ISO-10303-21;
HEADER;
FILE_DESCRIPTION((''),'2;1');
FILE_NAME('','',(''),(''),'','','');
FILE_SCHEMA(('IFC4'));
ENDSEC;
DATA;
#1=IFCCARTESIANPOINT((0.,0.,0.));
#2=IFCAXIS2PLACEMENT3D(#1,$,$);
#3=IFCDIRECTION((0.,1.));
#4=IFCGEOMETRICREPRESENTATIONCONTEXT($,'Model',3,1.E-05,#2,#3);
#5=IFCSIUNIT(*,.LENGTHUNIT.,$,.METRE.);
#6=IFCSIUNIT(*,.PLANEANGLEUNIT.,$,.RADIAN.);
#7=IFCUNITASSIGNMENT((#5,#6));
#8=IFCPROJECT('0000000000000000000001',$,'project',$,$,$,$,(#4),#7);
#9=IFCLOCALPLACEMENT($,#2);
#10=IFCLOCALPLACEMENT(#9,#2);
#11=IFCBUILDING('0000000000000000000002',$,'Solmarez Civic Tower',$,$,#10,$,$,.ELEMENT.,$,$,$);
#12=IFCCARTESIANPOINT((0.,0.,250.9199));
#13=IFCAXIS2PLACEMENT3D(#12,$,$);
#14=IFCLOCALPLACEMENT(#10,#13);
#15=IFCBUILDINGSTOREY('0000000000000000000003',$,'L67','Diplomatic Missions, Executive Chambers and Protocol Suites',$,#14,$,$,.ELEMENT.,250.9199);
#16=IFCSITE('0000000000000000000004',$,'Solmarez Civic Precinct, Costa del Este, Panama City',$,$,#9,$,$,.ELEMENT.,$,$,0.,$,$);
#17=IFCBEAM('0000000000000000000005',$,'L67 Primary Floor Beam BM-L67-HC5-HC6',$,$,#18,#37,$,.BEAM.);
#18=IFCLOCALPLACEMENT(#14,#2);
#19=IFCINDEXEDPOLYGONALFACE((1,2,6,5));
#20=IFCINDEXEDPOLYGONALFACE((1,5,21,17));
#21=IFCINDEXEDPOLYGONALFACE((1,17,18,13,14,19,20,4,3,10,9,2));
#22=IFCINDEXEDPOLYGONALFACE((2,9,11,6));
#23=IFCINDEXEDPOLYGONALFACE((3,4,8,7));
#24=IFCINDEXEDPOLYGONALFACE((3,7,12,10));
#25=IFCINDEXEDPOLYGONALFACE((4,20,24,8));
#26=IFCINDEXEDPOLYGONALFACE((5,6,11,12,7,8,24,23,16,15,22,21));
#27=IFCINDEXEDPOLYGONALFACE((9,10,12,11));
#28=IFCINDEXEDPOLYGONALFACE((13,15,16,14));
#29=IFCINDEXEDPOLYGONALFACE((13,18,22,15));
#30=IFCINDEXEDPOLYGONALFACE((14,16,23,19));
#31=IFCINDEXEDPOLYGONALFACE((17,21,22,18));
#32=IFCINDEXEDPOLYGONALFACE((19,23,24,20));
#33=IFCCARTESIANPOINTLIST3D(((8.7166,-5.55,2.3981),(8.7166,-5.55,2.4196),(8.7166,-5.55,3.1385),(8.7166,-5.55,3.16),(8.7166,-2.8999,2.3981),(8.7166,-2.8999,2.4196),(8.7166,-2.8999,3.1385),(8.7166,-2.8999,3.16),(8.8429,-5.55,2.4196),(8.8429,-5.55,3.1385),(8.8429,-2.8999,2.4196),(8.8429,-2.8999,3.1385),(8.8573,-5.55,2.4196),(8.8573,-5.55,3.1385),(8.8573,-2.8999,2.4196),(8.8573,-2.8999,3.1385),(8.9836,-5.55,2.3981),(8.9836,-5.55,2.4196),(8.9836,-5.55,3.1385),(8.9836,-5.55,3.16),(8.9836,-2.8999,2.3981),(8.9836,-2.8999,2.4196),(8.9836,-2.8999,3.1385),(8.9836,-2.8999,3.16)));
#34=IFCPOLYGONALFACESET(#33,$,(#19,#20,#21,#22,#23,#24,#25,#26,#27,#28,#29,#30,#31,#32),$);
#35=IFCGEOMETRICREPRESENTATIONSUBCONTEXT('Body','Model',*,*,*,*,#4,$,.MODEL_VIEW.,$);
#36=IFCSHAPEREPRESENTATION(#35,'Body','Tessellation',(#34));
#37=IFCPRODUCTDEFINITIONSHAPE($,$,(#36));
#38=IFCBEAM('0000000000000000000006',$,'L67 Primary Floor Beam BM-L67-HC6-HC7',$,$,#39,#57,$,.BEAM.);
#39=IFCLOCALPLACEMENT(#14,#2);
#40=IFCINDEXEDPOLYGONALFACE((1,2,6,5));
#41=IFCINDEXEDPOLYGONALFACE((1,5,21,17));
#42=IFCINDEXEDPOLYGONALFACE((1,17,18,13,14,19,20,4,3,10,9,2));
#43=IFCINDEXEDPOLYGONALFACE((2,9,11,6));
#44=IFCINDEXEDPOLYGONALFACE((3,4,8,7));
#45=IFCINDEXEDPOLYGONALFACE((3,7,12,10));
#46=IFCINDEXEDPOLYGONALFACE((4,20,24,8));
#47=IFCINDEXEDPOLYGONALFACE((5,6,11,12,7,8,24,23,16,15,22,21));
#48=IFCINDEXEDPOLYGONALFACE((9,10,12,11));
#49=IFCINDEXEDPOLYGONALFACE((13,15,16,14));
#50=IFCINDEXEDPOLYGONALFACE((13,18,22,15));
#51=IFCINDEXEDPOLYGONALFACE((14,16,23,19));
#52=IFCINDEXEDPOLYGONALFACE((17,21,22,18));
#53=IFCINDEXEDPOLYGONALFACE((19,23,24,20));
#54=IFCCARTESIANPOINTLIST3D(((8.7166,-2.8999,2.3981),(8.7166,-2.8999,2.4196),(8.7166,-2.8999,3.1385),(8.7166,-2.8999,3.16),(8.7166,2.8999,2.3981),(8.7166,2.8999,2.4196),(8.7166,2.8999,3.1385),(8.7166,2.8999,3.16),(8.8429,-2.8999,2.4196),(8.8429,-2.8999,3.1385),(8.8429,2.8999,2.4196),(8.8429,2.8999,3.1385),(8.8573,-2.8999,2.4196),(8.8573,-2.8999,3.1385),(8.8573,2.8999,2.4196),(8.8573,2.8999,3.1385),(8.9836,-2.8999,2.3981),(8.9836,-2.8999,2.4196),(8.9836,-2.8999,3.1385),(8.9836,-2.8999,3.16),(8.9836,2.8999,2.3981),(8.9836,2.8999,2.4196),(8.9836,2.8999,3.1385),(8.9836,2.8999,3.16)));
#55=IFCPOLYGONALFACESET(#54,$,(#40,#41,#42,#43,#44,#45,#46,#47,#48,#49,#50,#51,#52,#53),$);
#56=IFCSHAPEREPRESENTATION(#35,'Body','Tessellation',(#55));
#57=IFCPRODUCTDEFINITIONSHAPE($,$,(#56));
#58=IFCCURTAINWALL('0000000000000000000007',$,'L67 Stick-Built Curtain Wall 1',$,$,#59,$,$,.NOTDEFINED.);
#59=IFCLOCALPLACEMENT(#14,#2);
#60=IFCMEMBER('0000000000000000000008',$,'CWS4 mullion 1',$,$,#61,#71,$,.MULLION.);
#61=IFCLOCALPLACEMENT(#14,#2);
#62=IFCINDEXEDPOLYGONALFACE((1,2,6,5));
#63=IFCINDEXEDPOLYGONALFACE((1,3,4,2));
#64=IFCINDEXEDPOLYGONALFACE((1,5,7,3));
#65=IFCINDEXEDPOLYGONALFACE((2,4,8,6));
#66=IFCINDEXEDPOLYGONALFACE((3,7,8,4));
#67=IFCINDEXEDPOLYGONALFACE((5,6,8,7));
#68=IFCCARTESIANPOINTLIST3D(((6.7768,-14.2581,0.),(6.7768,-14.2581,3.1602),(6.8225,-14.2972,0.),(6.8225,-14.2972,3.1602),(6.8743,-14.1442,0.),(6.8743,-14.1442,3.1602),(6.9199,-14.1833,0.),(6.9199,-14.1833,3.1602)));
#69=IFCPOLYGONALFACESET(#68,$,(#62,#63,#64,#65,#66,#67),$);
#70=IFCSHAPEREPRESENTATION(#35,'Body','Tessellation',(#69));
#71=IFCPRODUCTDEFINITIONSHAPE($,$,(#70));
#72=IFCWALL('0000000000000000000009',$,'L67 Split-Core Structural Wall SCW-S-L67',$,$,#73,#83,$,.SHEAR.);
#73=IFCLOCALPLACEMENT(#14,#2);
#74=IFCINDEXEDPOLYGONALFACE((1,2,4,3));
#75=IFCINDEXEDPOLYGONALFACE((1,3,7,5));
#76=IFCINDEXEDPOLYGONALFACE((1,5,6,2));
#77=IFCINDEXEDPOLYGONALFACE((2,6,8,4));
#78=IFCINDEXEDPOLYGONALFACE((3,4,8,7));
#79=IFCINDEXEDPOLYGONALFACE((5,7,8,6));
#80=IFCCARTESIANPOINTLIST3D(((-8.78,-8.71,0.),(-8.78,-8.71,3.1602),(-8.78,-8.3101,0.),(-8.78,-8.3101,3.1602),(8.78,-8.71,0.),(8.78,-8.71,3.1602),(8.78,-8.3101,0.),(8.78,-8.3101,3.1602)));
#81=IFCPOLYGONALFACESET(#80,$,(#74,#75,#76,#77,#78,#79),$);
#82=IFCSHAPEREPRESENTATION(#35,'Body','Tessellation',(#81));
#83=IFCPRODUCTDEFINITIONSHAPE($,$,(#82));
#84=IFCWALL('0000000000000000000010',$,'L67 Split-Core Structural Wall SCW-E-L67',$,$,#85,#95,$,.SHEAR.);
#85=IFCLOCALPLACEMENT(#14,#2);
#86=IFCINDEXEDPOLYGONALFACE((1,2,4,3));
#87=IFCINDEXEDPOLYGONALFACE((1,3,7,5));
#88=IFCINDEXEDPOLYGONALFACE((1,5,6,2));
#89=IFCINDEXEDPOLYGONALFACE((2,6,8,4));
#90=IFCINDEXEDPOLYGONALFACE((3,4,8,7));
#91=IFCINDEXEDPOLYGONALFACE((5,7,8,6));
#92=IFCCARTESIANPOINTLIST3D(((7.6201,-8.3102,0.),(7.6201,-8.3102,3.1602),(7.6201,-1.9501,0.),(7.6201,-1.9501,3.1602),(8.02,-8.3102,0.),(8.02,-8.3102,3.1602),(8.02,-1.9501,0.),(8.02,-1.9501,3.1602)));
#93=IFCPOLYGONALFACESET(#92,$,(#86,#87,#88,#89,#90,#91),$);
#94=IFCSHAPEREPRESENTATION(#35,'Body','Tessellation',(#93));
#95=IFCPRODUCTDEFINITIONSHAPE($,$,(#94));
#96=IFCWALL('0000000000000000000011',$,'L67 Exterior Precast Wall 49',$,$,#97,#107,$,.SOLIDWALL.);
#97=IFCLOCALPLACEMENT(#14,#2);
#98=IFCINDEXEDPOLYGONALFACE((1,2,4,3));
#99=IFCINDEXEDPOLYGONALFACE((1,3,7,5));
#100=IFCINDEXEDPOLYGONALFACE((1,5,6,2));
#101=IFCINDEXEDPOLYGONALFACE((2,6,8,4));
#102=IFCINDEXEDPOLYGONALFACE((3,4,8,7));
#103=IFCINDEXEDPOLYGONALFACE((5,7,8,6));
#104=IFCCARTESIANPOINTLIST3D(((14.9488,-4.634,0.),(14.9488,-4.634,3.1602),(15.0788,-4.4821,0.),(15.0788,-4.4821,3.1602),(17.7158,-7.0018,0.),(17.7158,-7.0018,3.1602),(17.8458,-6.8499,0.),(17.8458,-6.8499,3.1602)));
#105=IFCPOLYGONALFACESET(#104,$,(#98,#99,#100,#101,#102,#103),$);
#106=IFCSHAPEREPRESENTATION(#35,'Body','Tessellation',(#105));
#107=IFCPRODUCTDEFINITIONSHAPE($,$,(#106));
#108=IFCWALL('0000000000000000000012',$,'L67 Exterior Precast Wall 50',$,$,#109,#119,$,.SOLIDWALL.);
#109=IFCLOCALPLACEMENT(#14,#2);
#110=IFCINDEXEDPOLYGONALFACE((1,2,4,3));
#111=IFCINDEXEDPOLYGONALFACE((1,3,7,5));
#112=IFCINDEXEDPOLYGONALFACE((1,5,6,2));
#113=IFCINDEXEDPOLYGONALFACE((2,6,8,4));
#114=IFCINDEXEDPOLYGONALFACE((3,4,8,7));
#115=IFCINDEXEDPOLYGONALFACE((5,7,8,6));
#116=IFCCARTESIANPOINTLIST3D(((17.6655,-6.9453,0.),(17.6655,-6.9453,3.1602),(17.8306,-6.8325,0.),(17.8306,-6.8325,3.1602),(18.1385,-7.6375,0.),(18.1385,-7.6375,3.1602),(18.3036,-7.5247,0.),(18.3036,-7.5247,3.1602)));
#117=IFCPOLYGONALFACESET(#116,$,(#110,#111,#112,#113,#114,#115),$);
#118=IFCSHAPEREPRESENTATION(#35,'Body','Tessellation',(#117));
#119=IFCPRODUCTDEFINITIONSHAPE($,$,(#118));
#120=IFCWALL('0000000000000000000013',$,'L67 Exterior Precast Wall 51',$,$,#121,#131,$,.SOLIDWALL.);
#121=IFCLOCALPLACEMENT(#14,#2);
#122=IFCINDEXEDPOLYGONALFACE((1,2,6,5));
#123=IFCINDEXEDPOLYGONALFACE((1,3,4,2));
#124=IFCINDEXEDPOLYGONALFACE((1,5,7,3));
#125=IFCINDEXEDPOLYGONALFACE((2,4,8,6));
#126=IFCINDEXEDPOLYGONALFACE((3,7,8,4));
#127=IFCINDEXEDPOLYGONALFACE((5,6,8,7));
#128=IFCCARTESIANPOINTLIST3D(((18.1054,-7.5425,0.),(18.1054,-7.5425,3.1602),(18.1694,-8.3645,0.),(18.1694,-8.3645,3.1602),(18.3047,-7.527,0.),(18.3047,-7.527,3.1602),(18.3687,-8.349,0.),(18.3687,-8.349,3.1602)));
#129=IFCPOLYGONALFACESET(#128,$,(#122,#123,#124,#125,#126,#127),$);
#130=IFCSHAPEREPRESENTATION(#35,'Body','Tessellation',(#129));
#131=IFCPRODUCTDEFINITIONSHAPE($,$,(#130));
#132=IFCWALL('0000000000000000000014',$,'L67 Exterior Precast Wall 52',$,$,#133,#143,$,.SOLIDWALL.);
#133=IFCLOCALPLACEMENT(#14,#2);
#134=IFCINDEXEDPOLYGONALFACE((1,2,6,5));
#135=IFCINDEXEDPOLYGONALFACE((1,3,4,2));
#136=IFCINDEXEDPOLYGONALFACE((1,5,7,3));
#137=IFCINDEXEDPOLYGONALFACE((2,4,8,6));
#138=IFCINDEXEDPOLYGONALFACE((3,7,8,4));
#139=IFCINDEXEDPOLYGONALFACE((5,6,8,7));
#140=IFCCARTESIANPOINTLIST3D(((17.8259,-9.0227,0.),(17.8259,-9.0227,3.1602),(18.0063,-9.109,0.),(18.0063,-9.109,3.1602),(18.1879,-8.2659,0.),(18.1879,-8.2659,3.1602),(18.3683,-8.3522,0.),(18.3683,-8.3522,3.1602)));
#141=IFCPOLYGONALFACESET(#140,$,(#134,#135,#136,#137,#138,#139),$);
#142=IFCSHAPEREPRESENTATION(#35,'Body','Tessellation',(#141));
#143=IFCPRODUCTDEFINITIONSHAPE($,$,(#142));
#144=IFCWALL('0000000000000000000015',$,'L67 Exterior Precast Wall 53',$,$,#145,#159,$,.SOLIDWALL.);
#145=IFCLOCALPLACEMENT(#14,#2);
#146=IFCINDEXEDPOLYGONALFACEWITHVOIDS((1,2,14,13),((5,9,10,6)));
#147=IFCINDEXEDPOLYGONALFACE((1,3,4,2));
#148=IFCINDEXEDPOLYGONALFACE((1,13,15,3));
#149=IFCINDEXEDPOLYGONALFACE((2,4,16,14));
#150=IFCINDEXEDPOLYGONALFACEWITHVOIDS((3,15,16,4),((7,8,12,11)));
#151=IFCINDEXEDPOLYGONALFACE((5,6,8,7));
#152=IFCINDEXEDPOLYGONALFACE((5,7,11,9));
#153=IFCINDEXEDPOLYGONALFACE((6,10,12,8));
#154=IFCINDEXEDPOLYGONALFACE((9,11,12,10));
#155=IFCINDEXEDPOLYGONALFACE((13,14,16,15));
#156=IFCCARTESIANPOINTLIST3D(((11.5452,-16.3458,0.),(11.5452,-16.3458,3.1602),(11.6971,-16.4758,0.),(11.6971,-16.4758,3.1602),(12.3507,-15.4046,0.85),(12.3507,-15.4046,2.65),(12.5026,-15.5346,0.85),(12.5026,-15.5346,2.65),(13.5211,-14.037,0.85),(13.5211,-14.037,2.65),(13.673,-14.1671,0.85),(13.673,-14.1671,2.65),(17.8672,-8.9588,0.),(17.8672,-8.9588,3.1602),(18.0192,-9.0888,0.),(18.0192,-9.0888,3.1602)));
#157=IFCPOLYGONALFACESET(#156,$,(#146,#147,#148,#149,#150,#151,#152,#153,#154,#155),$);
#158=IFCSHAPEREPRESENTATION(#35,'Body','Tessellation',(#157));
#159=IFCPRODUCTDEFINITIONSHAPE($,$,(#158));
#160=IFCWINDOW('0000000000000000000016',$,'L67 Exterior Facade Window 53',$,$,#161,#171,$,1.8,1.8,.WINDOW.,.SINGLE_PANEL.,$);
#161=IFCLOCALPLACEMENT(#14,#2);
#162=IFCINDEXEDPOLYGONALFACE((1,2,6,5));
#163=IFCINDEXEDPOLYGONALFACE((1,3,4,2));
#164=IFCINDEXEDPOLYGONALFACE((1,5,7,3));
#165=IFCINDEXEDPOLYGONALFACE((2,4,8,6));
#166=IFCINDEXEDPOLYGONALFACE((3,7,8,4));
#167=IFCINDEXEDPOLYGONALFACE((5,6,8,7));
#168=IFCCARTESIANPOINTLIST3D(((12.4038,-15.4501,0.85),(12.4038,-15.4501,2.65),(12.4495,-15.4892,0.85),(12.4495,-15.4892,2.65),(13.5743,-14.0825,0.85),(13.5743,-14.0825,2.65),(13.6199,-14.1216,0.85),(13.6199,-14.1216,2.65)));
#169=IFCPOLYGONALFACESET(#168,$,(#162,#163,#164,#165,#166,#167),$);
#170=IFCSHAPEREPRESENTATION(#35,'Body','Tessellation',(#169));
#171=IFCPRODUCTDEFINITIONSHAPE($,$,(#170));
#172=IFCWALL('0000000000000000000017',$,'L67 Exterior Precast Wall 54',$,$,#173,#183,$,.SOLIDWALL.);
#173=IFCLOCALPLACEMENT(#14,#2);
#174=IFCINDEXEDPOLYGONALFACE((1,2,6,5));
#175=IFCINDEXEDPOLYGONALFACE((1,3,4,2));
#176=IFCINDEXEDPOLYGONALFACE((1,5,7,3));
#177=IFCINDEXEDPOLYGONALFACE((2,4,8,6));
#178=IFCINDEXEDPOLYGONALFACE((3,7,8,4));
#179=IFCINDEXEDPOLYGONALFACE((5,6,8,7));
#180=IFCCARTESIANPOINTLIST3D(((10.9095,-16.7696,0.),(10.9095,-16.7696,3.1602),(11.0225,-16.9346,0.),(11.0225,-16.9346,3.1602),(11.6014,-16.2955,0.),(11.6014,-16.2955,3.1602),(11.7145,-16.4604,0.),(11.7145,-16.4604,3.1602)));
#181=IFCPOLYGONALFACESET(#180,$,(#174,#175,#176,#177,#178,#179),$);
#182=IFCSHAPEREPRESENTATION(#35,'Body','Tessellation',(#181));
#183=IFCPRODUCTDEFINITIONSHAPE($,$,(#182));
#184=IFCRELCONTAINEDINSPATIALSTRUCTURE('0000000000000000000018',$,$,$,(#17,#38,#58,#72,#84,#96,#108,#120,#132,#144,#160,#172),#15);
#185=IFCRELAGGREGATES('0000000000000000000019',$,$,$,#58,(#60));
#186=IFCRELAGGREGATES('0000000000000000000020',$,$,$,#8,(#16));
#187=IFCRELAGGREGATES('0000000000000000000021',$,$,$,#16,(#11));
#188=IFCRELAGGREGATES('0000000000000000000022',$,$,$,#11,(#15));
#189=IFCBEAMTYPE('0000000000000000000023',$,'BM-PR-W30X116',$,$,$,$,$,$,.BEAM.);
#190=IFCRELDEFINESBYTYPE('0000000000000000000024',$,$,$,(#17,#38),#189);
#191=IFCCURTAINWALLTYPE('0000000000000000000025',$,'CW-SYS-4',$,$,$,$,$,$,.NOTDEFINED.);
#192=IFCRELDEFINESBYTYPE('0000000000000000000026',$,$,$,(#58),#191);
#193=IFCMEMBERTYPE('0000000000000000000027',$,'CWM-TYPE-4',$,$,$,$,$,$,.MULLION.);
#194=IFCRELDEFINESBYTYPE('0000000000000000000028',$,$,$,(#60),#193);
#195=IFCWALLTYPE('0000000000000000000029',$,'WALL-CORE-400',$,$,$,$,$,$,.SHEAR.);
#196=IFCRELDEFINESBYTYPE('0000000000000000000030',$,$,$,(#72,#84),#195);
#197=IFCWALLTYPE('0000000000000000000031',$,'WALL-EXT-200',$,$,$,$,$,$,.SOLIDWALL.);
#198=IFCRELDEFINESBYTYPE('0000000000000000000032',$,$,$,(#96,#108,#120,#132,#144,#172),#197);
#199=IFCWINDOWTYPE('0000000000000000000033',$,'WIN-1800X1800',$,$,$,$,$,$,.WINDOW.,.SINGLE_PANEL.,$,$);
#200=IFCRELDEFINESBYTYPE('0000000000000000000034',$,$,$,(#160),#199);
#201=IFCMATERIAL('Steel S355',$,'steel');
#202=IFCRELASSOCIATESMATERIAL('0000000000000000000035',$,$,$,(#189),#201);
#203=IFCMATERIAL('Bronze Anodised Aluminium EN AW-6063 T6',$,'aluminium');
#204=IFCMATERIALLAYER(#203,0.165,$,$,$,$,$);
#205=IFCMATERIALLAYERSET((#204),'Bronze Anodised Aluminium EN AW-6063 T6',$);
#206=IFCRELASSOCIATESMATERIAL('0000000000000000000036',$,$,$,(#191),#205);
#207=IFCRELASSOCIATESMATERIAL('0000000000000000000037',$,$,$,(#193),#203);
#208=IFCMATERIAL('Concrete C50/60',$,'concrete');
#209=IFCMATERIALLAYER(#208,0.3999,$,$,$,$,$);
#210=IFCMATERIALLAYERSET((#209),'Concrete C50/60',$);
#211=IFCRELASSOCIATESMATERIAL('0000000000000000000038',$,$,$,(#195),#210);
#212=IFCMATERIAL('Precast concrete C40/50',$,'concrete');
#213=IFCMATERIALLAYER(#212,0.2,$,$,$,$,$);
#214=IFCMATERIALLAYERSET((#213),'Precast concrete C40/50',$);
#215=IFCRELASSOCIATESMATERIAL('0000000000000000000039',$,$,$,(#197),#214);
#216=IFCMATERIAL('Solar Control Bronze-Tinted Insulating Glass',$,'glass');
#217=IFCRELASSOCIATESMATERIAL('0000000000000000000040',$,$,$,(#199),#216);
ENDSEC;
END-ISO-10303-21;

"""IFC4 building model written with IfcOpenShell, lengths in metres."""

from ifc_helpers import new_model, si_unit, direction, frame, frame_2d, origin, origin_2d, place, context, subcontext, project, spatial, rectangle, i_section, extrude, material, layer, layer_set, material_profile, profile_set, type_object, element, fill, aggregate, save


model = new_model("IFC4")

# Units and contexts
model_context = context("Model", 3, precision=1e-05, world=origin(), true_north=direction((0.0, 1.0)))
body_context = subcontext(model_context, "Body", "Model", "MODEL_VIEW")
ifc_project = project(units=[si_unit("LENGTHUNIT", "METRE"), si_unit("PLANEANGLEUNIT", "RADIAN")], contexts=[model_context])

# Site, building, storey
site_placement = place(None, origin())
site = spatial("IfcSite", under=ifc_project, at=site_placement, Name="Solmarez Civic Precinct, Costa del Este, Panama City", CompositionType="ELEMENT", RefElevation=0.0)
building_placement = place(site_placement, origin())
building = spatial("IfcBuilding", under=site, at=building_placement, Name="Solmarez Civic Tower", CompositionType="ELEMENT")
storey_placement = place(building_placement, frame((0.0, 0.0, 250.9199)))
storey = spatial("IfcBuildingStorey", under=building, at=storey_placement, Name="L67", Description="Diplomatic Missions, Executive Chambers and Protocol Suites", CompositionType="ELEMENT", Elevation=250.9199)

# Shared definitions
ifc_material_1 = material(Name="Concrete C50/60", Category="concrete")

# Beams
ifc_material_2 = material(Name="Steel S355", Category="steel")
ifc_material_profile_1 = material_profile(ifc_material_2, i_section(OverallWidth=0.2671, OverallDepth=0.762, WebThickness=0.0144, FlangeThickness=0.0215, at=origin_2d()), Name="W30X116")
ifc_profile_set_1 = profile_set([ifc_material_profile_1], Name="Steel S355")
beam_type_1 = type_object("IfcBeamType", Name="BM-PR-W30X116", PredefinedType="BEAM", material=ifc_profile_set_1)
beam_1_placement = place(storey_placement, frame((8.8501, -5.55, 2.7791), z_axis=(0.0, 1.0, 0.0), x_axis=(-1.0, 0.0, 0.0)))
element("IfcBeam", 1, at=beam_1_placement, inside=storey, type_object=beam_type_1, Name="L67 Primary Floor Beam BM-L67-HC5-HC6", PredefinedType="BEAM", context=body_context, shape_type="SweptSolid", body=[
    extrude(i_section(OverallWidth=0.2671, OverallDepth=0.762, WebThickness=0.0144, FlangeThickness=0.0215, at=origin_2d()), origin(), (0.0, 0.0, 1.0), 2.6501),
])
beam_2_placement = place(storey_placement, frame((8.8501, -2.8999, 2.7791), z_axis=(0.0, 1.0, 0.0), x_axis=(-1.0, 0.0, 0.0)))
element("IfcBeam", 2, at=beam_2_placement, inside=storey, type_object=beam_type_1, Name="L67 Primary Floor Beam BM-L67-HC6-HC7", PredefinedType="BEAM", context=body_context, shape_type="SweptSolid", body=[
    extrude(i_section(OverallWidth=0.2671, OverallDepth=0.762, WebThickness=0.0144, FlangeThickness=0.0215, at=origin_2d()), origin(), (0.0, 0.0, 1.0), 5.7998),
])

# Curtain wall, member
ifc_material_3 = material(Name="Bronze Anodised Aluminium EN AW-6063 T6", Category="aluminium")
ifc_layer_1 = layer(ifc_material_3, 0.165)
ifc_layer_set_1 = layer_set([ifc_layer_1], Name="Bronze Anodised Aluminium EN AW-6063 T6")
curtain_wall_type = type_object("IfcCurtainWallType", Name="CW-SYS-4", PredefinedType="NOTDEFINED", material=ifc_layer_set_1)
curtain_wall_placement = place(storey_placement, origin())
curtain_wall = element("IfcCurtainWall", 3, at=curtain_wall_placement, inside=storey, type_object=curtain_wall_type, Name="L67 Stick-Built Curtain Wall 1", PredefinedType="NOTDEFINED")
ifc_material_profile_2 = material_profile(ifc_material_3, rectangle(XDim=0.0601, YDim=0.1499, at=origin_2d()), Name="CWM-60X150")
ifc_profile_set_2 = profile_set([ifc_material_profile_2], Name="Bronze Anodised Aluminium EN AW-6063 T6")
member_type = type_object("IfcMemberType", Name="CWM-TYPE-4", PredefinedType="MULLION", material=ifc_profile_set_2)
member_placement = place(storey_placement, frame((6.8484, -14.2207, 0.0), z_axis=(0.0, 0.0, 1.0), x_axis=(0.759724, -0.650246, 0.0)))
member = element("IfcMember", 4, at=member_placement, type_object=member_type, Name="CWS4 mullion 1", PredefinedType="MULLION", context=body_context, shape_type="SweptSolid", body=[
    extrude(rectangle(XDim=0.0601, YDim=0.1499, at=origin_2d()), origin(), (0.0, 0.0, 1.0), 3.1602),
])
aggregate(curtain_wall, [member])

# Walls
ifc_layer_2 = layer(ifc_material_1, 0.3999)
ifc_layer_set_2 = layer_set([ifc_layer_2], Name="Concrete C50/60")
wall_type_1 = type_object("IfcWallType", Name="WALL-CORE-400", PredefinedType="SHEAR", material=ifc_layer_set_2)
wall_1_placement = place(storey_placement, frame((8.78, -8.51, 0.0), z_axis=(0.0, 0.0, 1.0), x_axis=(-1.0, 0.0, 0.0)))
element("IfcWall", 5, at=wall_1_placement, inside=storey, type_object=wall_type_1, Name="L67 Split-Core Structural Wall SCW-S-L67", PredefinedType="SHEAR", context=body_context, shape_type="SweptSolid", body=[
    extrude(rectangle(XDim=17.5601, YDim=0.3999, at=frame_2d((8.78, 0.0))), origin(), (0.0, 0.0, 1.0), 3.1602),
])
wall_2_placement = place(storey_placement, frame((7.8201, -1.95, 0.0), z_axis=(0.0, 0.0, 1.0), x_axis=(0.0, -1.0, 0.0)))
element("IfcWall", 6, at=wall_2_placement, inside=storey, type_object=wall_type_1, Name="L67 Split-Core Structural Wall SCW-E-L67", PredefinedType="SHEAR", context=body_context, shape_type="SweptSolid", body=[
    extrude(rectangle(XDim=6.3601, YDim=0.3999, at=frame_2d((3.1802, 0.0))), origin(), (0.0, 0.0, 1.0), 3.1602),
])
ifc_material_4 = material(Name="Precast concrete C40/50", Category="concrete")
ifc_layer_3 = layer(ifc_material_4, 0.2)
ifc_layer_set_3 = layer_set([ifc_layer_3], Name="Precast concrete C40/50")
wall_type_2 = type_object("IfcWallType", Name="WALL-EXT-200", PredefinedType="SOLIDWALL", material=ifc_layer_set_3)
wall_3_placement = place(storey_placement, frame((15.0139, -4.5581, 0.0), z_axis=(0.0, 0.0, 1.0), x_axis=(0.759782, -0.650178, 0.0)))
element("IfcWall", 7, at=wall_3_placement, inside=storey, type_object=wall_type_2, Name="L67 Exterior Precast Wall 49", PredefinedType="SOLIDWALL", context=body_context, shape_type="SweptSolid", body=[
    extrude(rectangle(XDim=3.6418, YDim=0.2, at=frame_2d((1.8208, 0.0))), origin(), (0.0, 0.0, 1.0), 3.1602),
])
wall_4_placement = place(storey_placement, frame((17.748, -6.8889, 0.0), z_axis=(0.0, 0.0, 1.0), x_axis=(0.564141, -0.825679, 0.0)))
element("IfcWall", 8, at=wall_4_placement, inside=storey, type_object=wall_type_2, Name="L67 Exterior Precast Wall 50", PredefinedType="SOLIDWALL", context=body_context, shape_type="SweptSolid", body=[
    extrude(rectangle(XDim=0.8384, YDim=0.2, at=frame_2d((0.4192, 0.0))), origin(), (0.0, 0.0, 1.0), 3.1602),
])
wall_5_placement = place(storey_placement, frame((18.2051, -7.5349, 0.0), z_axis=(0.0, 0.0, 1.0), x_axis=(0.07758, -0.996986, 0.0)))
element("IfcWall", 9, at=wall_5_placement, inside=storey, type_object=wall_type_2, Name="L67 Exterior Precast Wall 51", PredefinedType="SOLIDWALL", context=body_context, shape_type="SweptSolid", body=[
    extrude(rectangle(XDim=0.8245, YDim=0.2, at=frame_2d((0.4121, 0.0))), origin(), (0.0, 0.0, 1.0), 3.1602),
])
wall_6_placement = place(storey_placement, frame((18.2781, -8.3091, 0.0), z_axis=(0.0, 0.0, 1.0), x_axis=(-0.431548, -0.90209, 0.0)))
element("IfcWall", 10, at=wall_6_placement, inside=storey, type_object=wall_type_2, Name="L67 Exterior Precast Wall 52", PredefinedType="SOLIDWALL", context=body_context, shape_type="SweptSolid", body=[
    extrude(rectangle(XDim=0.8389, YDim=0.2, at=frame_2d((0.4194, 0.0))), origin(), (0.0, 0.0, 1.0), 3.1602),
])

# Wall, opening, window
wall_7_placement = place(storey_placement, frame((17.9431, -9.0239, 0.0), z_axis=(0.0, 0.0, 1.0), x_axis=(-0.650218, -0.759747, 0.0)))
wall_7 = element("IfcWall", 11, at=wall_7_placement, inside=storey, type_object=wall_type_2, Name="L67 Exterior Precast Wall 53", PredefinedType="SOLIDWALL", context=body_context, shape_type="SweptSolid", body=[
    extrude(rectangle(XDim=9.7229, YDim=0.2, at=frame_2d((4.8613, 0.0))), origin(), (0.0, 0.0, 1.0), 3.1602),
])
opening_placement = place(wall_7_placement, frame((6.6841, 0.0, 0.8501)))
opening = element("IfcOpeningElement", 12, at=opening_placement, cuts=wall_7, PredefinedType="OPENING", context=body_context, shape_type="SweptSolid", body=[
    extrude(rectangle(XDim=1.8, YDim=1.8, at=frame_2d((0.8999, 0.8999))), frame((0.0, 0.1099, 0.0), z_axis=(0.0, -1.0, 0.0), x_axis=(1.0, 0.0, 0.0)), (0.0, 0.0, 1.0), 0.22),
])
ifc_material_5 = material(Name="Solar Control Bronze-Tinted Insulating Glass", Category="glass")
window_type = type_object("IfcWindowType", Name="WIN-1800X1800", PartitioningType="SINGLE_PANEL", PredefinedType="WINDOW", material=ifc_material_5)
window_placement = place(opening_placement, origin())
window = element("IfcWindow", 13, at=window_placement, inside=storey, type_object=window_type, Name="L67 Exterior Facade Window 53", OverallHeight=1.8, OverallWidth=1.8, PartitioningType="SINGLE_PANEL", PredefinedType="WINDOW", context=body_context, shape_type="SweptSolid", body=[
    extrude(rectangle(XDim=1.8, YDim=1.8, at=frame_2d((0.8999, 0.8999))), frame((0.0, 0.03, 0.0), z_axis=(0.0, -1.0, 0.0), x_axis=(1.0, 0.0, 0.0)), (0.0, 0.0, 1.0), 0.0601),
])
fill(opening, window)

# Wall
wall_8_placement = place(storey_placement, frame((11.658, -16.3779, 0.0), z_axis=(0.0, 0.0, 1.0), x_axis=(-0.824907, -0.565268, 0.0)))
element("IfcWall", 14, at=wall_8_placement, inside=storey, type_object=wall_type_2, Name="L67 Exterior Precast Wall 54", PredefinedType="SOLIDWALL", context=body_context, shape_type="SweptSolid", body=[
    extrude(rectangle(XDim=0.8389, YDim=0.2, at=frame_2d((0.4194, 0.0))), origin(), (0.0, 0.0, 1.0), 3.1602),
])

save(model, "model.ifc")
